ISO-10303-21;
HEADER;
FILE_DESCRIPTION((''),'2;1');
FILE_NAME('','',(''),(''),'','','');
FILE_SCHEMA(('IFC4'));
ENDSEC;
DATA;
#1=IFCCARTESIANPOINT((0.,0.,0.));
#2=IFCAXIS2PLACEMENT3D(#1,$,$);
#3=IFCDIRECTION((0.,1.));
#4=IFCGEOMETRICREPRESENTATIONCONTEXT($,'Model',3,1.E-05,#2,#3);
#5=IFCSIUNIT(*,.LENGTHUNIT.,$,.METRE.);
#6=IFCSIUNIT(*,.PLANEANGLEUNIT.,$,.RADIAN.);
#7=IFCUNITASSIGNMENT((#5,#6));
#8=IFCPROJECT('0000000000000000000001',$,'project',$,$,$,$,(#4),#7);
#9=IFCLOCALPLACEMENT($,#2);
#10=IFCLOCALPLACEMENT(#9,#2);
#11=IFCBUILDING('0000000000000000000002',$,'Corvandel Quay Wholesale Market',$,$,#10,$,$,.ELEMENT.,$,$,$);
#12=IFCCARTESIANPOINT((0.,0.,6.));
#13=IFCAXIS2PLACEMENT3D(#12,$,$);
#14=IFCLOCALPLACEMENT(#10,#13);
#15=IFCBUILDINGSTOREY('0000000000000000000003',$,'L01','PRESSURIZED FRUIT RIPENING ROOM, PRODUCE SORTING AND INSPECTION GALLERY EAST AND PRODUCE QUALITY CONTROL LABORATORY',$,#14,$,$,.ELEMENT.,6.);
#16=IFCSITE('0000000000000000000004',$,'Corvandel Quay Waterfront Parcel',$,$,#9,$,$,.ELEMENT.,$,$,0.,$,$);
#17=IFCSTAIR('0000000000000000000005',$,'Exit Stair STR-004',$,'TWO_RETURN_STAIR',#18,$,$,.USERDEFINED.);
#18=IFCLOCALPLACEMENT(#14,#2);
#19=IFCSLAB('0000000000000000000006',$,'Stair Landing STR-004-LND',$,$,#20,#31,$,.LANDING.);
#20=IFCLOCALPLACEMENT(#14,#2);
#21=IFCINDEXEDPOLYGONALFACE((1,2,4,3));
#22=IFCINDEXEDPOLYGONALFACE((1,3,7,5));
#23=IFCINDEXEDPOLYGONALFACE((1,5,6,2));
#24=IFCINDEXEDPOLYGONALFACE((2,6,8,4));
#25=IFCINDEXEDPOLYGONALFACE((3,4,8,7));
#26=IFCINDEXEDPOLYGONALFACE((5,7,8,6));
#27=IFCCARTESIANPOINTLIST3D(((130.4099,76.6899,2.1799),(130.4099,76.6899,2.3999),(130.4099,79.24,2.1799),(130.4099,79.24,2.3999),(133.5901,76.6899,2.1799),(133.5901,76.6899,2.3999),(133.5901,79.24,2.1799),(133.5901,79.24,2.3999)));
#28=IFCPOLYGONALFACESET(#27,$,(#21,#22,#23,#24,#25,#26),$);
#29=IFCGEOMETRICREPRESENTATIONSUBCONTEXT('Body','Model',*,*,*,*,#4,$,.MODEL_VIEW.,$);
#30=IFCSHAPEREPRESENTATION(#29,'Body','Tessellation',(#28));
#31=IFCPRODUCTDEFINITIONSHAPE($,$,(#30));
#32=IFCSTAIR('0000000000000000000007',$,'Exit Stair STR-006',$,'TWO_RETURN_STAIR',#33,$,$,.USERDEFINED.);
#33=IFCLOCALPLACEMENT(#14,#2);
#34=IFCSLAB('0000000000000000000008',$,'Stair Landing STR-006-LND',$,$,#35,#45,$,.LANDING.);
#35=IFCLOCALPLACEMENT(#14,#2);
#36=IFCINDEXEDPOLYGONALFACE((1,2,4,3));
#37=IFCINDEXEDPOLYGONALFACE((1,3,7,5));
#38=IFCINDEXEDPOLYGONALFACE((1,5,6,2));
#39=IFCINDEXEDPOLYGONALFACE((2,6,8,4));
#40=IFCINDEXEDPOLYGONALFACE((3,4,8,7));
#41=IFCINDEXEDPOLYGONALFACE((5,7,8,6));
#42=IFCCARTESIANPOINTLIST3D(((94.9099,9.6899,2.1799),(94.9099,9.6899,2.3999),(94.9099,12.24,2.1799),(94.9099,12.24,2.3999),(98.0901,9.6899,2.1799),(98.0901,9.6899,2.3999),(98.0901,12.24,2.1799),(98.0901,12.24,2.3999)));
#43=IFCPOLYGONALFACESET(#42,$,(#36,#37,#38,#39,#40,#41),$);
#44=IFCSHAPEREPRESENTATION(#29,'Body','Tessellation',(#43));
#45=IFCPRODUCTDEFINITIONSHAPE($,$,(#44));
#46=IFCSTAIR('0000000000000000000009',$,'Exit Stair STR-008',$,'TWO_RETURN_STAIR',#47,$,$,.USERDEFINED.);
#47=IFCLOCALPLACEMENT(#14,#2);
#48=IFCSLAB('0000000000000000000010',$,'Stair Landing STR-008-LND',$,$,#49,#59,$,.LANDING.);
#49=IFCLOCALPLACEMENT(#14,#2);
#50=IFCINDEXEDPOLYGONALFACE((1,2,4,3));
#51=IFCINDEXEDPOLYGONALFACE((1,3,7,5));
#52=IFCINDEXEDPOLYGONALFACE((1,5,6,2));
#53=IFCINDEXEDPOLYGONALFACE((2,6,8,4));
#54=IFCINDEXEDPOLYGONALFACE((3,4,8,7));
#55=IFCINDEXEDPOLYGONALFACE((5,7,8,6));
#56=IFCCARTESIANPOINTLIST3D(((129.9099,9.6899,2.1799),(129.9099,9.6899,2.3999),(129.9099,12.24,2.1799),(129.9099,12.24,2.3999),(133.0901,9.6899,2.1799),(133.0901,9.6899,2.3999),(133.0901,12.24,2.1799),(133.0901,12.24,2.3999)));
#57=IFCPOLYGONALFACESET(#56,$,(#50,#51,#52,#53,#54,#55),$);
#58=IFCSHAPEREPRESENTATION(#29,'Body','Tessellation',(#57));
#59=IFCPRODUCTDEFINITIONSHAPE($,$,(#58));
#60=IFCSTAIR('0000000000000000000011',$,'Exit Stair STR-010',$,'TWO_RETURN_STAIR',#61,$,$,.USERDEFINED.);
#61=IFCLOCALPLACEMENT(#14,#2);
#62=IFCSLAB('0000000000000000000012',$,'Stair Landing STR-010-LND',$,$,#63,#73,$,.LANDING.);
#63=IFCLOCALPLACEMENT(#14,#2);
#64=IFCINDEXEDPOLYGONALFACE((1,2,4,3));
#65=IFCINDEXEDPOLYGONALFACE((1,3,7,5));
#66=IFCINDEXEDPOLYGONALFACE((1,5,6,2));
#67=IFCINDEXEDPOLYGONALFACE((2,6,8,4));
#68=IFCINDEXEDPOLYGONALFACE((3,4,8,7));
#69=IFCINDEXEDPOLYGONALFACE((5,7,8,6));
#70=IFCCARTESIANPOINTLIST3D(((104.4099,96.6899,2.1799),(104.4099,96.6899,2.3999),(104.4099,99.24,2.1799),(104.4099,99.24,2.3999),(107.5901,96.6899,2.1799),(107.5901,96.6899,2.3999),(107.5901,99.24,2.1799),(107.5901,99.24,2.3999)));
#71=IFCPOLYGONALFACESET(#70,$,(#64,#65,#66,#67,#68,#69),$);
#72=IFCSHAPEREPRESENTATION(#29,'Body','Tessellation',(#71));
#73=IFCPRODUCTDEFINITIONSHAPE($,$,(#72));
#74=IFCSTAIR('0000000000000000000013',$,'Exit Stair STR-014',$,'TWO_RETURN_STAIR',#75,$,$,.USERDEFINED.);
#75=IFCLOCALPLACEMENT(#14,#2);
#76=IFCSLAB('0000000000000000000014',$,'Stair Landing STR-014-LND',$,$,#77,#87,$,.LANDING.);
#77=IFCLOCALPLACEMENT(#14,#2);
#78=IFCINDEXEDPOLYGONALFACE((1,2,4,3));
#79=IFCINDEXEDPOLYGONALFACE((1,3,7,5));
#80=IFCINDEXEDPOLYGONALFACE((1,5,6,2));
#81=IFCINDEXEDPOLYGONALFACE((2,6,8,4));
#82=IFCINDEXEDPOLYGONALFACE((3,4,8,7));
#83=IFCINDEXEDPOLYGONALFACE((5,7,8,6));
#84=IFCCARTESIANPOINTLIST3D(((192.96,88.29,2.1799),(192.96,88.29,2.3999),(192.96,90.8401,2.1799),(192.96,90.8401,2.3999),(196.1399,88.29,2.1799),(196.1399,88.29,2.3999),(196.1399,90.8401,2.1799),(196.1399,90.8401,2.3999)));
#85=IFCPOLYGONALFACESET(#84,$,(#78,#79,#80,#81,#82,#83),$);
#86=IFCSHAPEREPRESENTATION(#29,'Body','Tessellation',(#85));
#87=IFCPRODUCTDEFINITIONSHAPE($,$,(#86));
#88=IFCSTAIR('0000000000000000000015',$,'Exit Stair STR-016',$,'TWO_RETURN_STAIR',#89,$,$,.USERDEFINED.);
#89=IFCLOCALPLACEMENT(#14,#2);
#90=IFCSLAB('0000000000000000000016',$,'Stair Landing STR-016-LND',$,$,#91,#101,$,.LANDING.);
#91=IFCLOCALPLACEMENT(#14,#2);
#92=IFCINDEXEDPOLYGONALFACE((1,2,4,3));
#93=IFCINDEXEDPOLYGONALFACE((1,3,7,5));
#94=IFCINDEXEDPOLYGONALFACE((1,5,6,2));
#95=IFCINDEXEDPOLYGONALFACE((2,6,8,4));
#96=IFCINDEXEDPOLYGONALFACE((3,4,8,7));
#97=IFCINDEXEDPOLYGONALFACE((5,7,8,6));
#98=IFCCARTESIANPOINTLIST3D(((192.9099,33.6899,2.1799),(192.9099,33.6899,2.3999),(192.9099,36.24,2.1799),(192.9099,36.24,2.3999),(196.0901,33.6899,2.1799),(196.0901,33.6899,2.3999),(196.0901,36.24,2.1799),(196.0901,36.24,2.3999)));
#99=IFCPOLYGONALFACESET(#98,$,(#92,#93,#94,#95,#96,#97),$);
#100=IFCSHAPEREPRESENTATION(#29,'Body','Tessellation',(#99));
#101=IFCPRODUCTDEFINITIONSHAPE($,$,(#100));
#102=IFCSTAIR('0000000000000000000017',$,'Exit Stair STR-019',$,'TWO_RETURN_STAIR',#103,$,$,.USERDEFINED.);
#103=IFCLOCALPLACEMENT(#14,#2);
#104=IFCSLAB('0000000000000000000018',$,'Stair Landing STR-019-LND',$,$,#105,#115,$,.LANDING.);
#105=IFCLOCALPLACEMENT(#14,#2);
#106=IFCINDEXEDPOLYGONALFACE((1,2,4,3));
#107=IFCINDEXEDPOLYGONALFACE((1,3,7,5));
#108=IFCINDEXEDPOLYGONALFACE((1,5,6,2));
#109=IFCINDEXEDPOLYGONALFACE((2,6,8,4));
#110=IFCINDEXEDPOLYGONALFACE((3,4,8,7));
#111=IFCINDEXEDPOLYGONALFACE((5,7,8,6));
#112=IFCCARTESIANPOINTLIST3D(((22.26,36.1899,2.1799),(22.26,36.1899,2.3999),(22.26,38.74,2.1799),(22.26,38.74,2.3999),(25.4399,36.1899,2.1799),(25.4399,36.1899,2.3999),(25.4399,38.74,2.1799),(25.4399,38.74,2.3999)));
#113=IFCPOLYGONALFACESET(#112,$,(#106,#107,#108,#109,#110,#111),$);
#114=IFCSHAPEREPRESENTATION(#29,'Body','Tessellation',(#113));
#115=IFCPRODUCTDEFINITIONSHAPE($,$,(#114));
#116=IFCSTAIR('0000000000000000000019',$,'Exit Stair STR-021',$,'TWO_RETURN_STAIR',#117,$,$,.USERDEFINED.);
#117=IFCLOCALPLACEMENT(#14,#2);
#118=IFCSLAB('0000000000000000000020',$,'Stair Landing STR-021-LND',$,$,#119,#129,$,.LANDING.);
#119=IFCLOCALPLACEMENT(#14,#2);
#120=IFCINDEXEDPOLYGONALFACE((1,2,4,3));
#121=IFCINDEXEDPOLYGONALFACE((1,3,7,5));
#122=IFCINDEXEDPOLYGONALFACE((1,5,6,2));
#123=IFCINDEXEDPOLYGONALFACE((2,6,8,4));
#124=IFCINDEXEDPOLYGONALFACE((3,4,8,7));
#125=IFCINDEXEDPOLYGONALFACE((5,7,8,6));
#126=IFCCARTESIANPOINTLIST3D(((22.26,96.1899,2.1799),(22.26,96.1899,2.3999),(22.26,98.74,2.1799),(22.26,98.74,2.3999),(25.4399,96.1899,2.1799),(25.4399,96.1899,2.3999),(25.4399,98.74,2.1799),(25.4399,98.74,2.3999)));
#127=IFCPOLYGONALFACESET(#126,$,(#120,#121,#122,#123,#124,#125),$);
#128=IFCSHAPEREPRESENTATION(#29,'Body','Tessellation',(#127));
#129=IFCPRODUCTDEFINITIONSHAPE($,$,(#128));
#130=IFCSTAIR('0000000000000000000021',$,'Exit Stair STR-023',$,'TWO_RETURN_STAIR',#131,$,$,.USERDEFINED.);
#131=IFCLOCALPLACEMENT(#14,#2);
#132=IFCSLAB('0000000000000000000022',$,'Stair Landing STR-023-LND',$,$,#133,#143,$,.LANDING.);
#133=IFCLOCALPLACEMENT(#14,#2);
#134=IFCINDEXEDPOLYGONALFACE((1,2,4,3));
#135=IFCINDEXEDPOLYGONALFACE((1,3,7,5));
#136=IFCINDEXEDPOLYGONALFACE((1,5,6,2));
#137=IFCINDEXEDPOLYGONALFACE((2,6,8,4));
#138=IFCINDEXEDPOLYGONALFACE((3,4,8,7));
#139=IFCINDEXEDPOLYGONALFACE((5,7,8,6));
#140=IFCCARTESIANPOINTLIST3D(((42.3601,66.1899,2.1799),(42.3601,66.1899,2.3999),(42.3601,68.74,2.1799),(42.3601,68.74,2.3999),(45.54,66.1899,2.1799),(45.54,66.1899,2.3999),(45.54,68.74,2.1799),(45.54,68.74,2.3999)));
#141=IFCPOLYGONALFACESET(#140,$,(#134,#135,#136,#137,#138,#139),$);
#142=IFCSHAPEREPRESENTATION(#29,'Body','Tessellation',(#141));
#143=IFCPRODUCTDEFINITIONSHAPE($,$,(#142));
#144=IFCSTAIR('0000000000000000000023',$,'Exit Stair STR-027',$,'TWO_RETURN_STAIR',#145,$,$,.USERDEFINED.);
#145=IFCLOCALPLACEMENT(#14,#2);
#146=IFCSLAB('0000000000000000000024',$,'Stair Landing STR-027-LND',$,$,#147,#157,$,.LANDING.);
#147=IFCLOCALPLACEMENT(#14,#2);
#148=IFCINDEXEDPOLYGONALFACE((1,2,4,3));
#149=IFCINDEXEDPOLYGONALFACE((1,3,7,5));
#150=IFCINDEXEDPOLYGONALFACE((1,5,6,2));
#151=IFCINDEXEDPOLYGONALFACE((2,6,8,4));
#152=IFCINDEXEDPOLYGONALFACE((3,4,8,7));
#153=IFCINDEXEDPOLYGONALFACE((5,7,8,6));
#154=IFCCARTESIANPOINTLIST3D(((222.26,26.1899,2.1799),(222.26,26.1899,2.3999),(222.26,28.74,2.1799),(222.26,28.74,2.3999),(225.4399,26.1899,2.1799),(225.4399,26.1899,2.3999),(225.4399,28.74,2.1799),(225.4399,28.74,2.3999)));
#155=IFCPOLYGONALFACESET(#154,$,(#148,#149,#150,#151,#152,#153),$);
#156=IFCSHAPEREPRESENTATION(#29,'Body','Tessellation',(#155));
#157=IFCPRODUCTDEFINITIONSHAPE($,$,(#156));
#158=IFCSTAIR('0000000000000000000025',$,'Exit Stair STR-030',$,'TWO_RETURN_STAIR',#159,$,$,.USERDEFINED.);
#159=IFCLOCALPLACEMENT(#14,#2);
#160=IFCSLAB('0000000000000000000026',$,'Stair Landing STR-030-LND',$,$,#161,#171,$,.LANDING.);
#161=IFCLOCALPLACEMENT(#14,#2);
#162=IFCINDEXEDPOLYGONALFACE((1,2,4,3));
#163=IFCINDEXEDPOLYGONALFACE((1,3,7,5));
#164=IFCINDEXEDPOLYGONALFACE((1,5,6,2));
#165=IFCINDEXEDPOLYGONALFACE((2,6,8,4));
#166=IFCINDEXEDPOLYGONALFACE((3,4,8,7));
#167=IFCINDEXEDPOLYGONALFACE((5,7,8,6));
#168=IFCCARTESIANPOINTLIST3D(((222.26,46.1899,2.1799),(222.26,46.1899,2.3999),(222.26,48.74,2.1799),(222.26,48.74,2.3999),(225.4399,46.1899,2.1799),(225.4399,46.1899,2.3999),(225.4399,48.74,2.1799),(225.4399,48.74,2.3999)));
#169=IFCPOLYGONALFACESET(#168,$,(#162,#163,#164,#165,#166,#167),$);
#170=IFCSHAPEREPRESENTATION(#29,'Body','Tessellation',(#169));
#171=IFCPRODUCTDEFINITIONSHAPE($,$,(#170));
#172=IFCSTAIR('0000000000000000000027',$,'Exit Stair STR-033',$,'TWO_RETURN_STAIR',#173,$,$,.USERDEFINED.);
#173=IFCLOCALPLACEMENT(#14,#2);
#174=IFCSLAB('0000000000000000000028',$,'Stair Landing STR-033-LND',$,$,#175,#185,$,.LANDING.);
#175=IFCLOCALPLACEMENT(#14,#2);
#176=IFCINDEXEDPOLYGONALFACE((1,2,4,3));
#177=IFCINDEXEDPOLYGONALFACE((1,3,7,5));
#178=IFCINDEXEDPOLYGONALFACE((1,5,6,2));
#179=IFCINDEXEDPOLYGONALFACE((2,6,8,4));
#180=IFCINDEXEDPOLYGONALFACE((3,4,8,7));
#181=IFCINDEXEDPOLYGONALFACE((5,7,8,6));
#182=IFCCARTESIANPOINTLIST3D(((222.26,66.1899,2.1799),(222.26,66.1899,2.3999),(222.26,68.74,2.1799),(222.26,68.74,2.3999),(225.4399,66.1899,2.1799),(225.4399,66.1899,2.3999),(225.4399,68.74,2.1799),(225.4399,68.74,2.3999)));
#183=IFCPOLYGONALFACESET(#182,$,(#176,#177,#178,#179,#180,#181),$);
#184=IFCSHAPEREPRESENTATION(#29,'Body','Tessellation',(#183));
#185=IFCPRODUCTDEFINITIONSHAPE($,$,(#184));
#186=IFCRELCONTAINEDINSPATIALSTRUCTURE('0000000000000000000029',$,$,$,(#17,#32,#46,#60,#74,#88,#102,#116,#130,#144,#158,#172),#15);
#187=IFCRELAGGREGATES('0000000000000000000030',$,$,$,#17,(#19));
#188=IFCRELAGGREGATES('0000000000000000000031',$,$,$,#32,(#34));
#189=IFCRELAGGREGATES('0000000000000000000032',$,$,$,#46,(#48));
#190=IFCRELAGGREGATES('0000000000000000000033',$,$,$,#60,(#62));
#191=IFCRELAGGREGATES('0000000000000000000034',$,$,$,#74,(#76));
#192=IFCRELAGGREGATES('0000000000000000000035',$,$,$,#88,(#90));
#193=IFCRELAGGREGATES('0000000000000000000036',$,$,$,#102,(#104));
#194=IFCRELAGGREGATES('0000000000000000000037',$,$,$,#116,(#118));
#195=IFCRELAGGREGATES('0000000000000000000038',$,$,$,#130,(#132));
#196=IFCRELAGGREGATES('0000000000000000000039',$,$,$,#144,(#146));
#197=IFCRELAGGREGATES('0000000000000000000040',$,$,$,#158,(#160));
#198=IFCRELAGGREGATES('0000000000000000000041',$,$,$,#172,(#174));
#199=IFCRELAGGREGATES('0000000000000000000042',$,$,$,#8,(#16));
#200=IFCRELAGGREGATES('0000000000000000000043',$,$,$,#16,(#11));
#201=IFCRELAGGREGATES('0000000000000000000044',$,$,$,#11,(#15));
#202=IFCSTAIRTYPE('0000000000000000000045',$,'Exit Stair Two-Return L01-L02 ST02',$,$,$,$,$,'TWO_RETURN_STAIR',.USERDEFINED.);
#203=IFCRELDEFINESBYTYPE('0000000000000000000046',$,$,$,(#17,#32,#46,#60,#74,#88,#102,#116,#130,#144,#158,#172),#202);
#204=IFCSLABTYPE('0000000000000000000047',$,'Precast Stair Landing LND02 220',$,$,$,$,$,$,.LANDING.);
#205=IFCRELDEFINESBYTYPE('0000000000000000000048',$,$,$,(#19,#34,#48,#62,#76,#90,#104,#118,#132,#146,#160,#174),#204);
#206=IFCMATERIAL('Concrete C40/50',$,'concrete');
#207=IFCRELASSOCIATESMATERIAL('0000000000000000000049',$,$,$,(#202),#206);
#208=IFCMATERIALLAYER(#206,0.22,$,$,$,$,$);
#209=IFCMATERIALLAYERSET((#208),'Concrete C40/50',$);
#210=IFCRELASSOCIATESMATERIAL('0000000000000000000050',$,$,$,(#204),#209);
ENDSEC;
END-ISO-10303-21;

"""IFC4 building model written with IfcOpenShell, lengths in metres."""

from ifc_helpers import new_model, si_unit, direction, frame, origin, place, context, subcontext, project, spatial, polyline, outline, extrude, material, layer, layer_set, type_object, element, aggregate, save


model = new_model("IFC4")

# Units and contexts
model_context = context("Model", 3, precision=1e-05, world=origin(), true_north=direction((0.0, 1.0)))
body_context = subcontext(model_context, "Body", "Model", "MODEL_VIEW")
ifc_project = project(units=[si_unit("LENGTHUNIT", "METRE"), si_unit("PLANEANGLEUNIT", "RADIAN")], contexts=[model_context])

# Site, building, storey
site_placement = place(None, origin())
site = spatial("IfcSite", under=ifc_project, at=site_placement, Name="Corvandel Quay Waterfront Parcel", CompositionType="ELEMENT", RefElevation=0.0)
building_placement = place(site_placement, origin())
building = spatial("IfcBuilding", under=site, at=building_placement, Name="Corvandel Quay Wholesale Market", CompositionType="ELEMENT")
storey_placement = place(building_placement, frame((0.0, 0.0, 6.0)))
storey = spatial("IfcBuildingStorey", under=building, at=storey_placement, Name="L01", Description="PRESSURIZED FRUIT RIPENING ROOM, PRODUCE SORTING AND INSPECTION GALLERY EAST AND PRODUCE QUALITY CONTROL LABORATORY", CompositionType="ELEMENT", Elevation=6.0)

# Shared definitions
ifc_material_1 = material(Name="Concrete C40/50", Category="concrete")

# Stairs, slabs
stair_type = type_object("IfcStairType", Name="Exit Stair Two-Return L01-L02 ST02", ElementType="TWO_RETURN_STAIR", PredefinedType="USERDEFINED", material=ifc_material_1)
ifc_layer_1 = layer(ifc_material_1, 0.22)
ifc_layer_set_1 = layer_set([ifc_layer_1], Name="Concrete C40/50")
slab_type_1 = type_object("IfcSlabType", Name="Precast Stair Landing LND02 220", PredefinedType="LANDING", material=ifc_layer_set_1)
stair_1_placement = place(storey_placement, origin())
stair_1 = element("IfcStair", 1, at=stair_1_placement, inside=storey, type_object=stair_type, Name="Exit Stair STR-004", ObjectType="TWO_RETURN_STAIR", PredefinedType="USERDEFINED")
slab_1_placement = place(storey_placement, frame((0.0, 0.0, 2.1799)))
slab_1 = element("IfcSlab", 2, at=slab_1_placement, type_object=slab_type_1, Name="Stair Landing STR-004-LND", PredefinedType="LANDING", context=body_context, shape_type="SweptSolid", body=[
    extrude(outline(polyline([(130.4099, 76.6899), (133.5901, 76.6899), (133.5901, 79.24), (130.4099, 79.24), (130.4099, 76.6899)])), origin(), (0.0, 0.0, 1.0), 0.22),
])
aggregate(stair_1, [slab_1])
stair_2_placement = place(storey_placement, origin())
stair_2 = element("IfcStair", 3, at=stair_2_placement, inside=storey, type_object=stair_type, Name="Exit Stair STR-006", ObjectType="TWO_RETURN_STAIR", PredefinedType="USERDEFINED")
slab_2_placement = place(storey_placement, frame((0.0, 0.0, 2.1799)))
slab_2 = element("IfcSlab", 4, at=slab_2_placement, type_object=slab_type_1, Name="Stair Landing STR-006-LND", PredefinedType="LANDING", context=body_context, shape_type="SweptSolid", body=[
    extrude(outline(polyline([(94.9099, 9.6899), (98.0901, 9.6899), (98.0901, 12.24), (94.9099, 12.24), (94.9099, 9.6899)])), origin(), (0.0, 0.0, 1.0), 0.22),
])
aggregate(stair_2, [slab_2])
stair_3_placement = place(storey_placement, origin())
stair_3 = element("IfcStair", 5, at=stair_3_placement, inside=storey, type_object=stair_type, Name="Exit Stair STR-008", ObjectType="TWO_RETURN_STAIR", PredefinedType="USERDEFINED")
slab_3_placement = place(storey_placement, frame((0.0, 0.0, 2.1799)))
slab_3 = element("IfcSlab", 6, at=slab_3_placement, type_object=slab_type_1, Name="Stair Landing STR-008-LND", PredefinedType="LANDING", context=body_context, shape_type="SweptSolid", body=[
    extrude(outline(polyline([(129.9099, 9.6899), (133.0901, 9.6899), (133.0901, 12.24), (129.9099, 12.24), (129.9099, 9.6899)])), origin(), (0.0, 0.0, 1.0), 0.22),
])
aggregate(stair_3, [slab_3])
stair_4_placement = place(storey_placement, origin())
stair_4 = element("IfcStair", 7, at=stair_4_placement, inside=storey, type_object=stair_type, Name="Exit Stair STR-010", ObjectType="TWO_RETURN_STAIR", PredefinedType="USERDEFINED")
slab_4_placement = place(storey_placement, frame((0.0, 0.0, 2.1799)))
slab_4 = element("IfcSlab", 8, at=slab_4_placement, type_object=slab_type_1, Name="Stair Landing STR-010-LND", PredefinedType="LANDING", context=body_context, shape_type="SweptSolid", body=[
    extrude(outline(polyline([(104.4099, 96.6899), (107.5901, 96.6899), (107.5901, 99.24), (104.4099, 99.24), (104.4099, 96.6899)])), origin(), (0.0, 0.0, 1.0), 0.22),
])
aggregate(stair_4, [slab_4])
stair_5_placement = place(storey_placement, origin())
stair_5 = element("IfcStair", 9, at=stair_5_placement, inside=storey, type_object=stair_type, Name="Exit Stair STR-014", ObjectType="TWO_RETURN_STAIR", PredefinedType="USERDEFINED")
slab_5_placement = place(storey_placement, frame((0.0, 0.0, 2.1799)))
slab_5 = element("IfcSlab", 10, at=slab_5_placement, type_object=slab_type_1, Name="Stair Landing STR-014-LND", PredefinedType="LANDING", context=body_context, shape_type="SweptSolid", body=[
    extrude(outline(polyline([(192.96, 88.29), (196.1399, 88.29), (196.1399, 90.8401), (192.96, 90.8401), (192.96, 88.29)])), origin(), (0.0, 0.0, 1.0), 0.22),
])
aggregate(stair_5, [slab_5])
stair_6_placement = place(storey_placement, origin())
stair_6 = element("IfcStair", 11, at=stair_6_placement, inside=storey, type_object=stair_type, Name="Exit Stair STR-016", ObjectType="TWO_RETURN_STAIR", PredefinedType="USERDEFINED")
slab_6_placement = place(storey_placement, frame((0.0, 0.0, 2.1799)))
slab_6 = element("IfcSlab", 12, at=slab_6_placement, type_object=slab_type_1, Name="Stair Landing STR-016-LND", PredefinedType="LANDING", context=body_context, shape_type="SweptSolid", body=[
    extrude(outline(polyline([(192.9099, 33.6899), (196.0901, 33.6899), (196.0901, 36.24), (192.9099, 36.24), (192.9099, 33.6899)])), origin(), (0.0, 0.0, 1.0), 0.22),
])
aggregate(stair_6, [slab_6])
stair_7_placement = place(storey_placement, origin())
stair_7 = element("IfcStair", 13, at=stair_7_placement, inside=storey, type_object=stair_type, Name="Exit Stair STR-019", ObjectType="TWO_RETURN_STAIR", PredefinedType="USERDEFINED")
slab_7_placement = place(storey_placement, frame((0.0, 0.0, 2.1799)))
slab_7 = element("IfcSlab", 14, at=slab_7_placement, type_object=slab_type_1, Name="Stair Landing STR-019-LND", PredefinedType="LANDING", context=body_context, shape_type="SweptSolid", body=[
    extrude(outline(polyline([(22.26, 36.1899), (25.4399, 36.1899), (25.4399, 38.74), (22.26, 38.74), (22.26, 36.1899)])), origin(), (0.0, 0.0, 1.0), 0.22),
])
aggregate(stair_7, [slab_7])
stair_8_placement = place(storey_placement, origin())
stair_8 = element("IfcStair", 15, at=stair_8_placement, inside=storey, type_object=stair_type, Name="Exit Stair STR-021", ObjectType="TWO_RETURN_STAIR", PredefinedType="USERDEFINED")
slab_8_placement = place(storey_placement, frame((0.0, 0.0, 2.1799)))
slab_8 = element("IfcSlab", 16, at=slab_8_placement, type_object=slab_type_1, Name="Stair Landing STR-021-LND", PredefinedType="LANDING", context=body_context, shape_type="SweptSolid", body=[
    extrude(outline(polyline([(22.26, 96.1899), (25.4399, 96.1899), (25.4399, 98.74), (22.26, 98.74), (22.26, 96.1899)])), origin(), (0.0, 0.0, 1.0), 0.22),
])
aggregate(stair_8, [slab_8])
stair_9_placement = place(storey_placement, origin())
stair_9 = element("IfcStair", 17, at=stair_9_placement, inside=storey, type_object=stair_type, Name="Exit Stair STR-023", ObjectType="TWO_RETURN_STAIR", PredefinedType="USERDEFINED")
slab_9_placement = place(storey_placement, frame((0.0, 0.0, 2.1799)))
slab_9 = element("IfcSlab", 18, at=slab_9_placement, type_object=slab_type_1, Name="Stair Landing STR-023-LND", PredefinedType="LANDING", context=body_context, shape_type="SweptSolid", body=[
    extrude(outline(polyline([(42.3601, 66.1899), (45.54, 66.1899), (45.54, 68.74), (42.3601, 68.74), (42.3601, 66.1899)])), origin(), (0.0, 0.0, 1.0), 0.22),
])
aggregate(stair_9, [slab_9])
stair_10_placement = place(storey_placement, origin())
stair_10 = element("IfcStair", 19, at=stair_10_placement, inside=storey, type_object=stair_type, Name="Exit Stair STR-027", ObjectType="TWO_RETURN_STAIR", PredefinedType="USERDEFINED")
slab_10_placement = place(storey_placement, frame((0.0, 0.0, 2.1799)))
slab_10 = element("IfcSlab", 20, at=slab_10_placement, type_object=slab_type_1, Name="Stair Landing STR-027-LND", PredefinedType="LANDING", context=body_context, shape_type="SweptSolid", body=[
    extrude(outline(polyline([(222.26, 26.1899), (225.4399, 26.1899), (225.4399, 28.74), (222.26, 28.74), (222.26, 26.1899)])), origin(), (0.0, 0.0, 1.0), 0.22),
])
aggregate(stair_10, [slab_10])
stair_11_placement = place(storey_placement, origin())
stair_11 = element("IfcStair", 21, at=stair_11_placement, inside=storey, type_object=stair_type, Name="Exit Stair STR-030", ObjectType="TWO_RETURN_STAIR", PredefinedType="USERDEFINED")
slab_11_placement = place(storey_placement, frame((0.0, 0.0, 2.1799)))
slab_11 = element("IfcSlab", 22, at=slab_11_placement, type_object=slab_type_1, Name="Stair Landing STR-030-LND", PredefinedType="LANDING", context=body_context, shape_type="SweptSolid", body=[
    extrude(outline(polyline([(222.26, 46.1899), (225.4399, 46.1899), (225.4399, 48.74), (222.26, 48.74), (222.26, 46.1899)])), origin(), (0.0, 0.0, 1.0), 0.22),
])
aggregate(stair_11, [slab_11])
stair_12_placement = place(storey_placement, origin())
stair_12 = element("IfcStair", 23, at=stair_12_placement, inside=storey, type_object=stair_type, Name="Exit Stair STR-033", ObjectType="TWO_RETURN_STAIR", PredefinedType="USERDEFINED")
slab_12_placement = place(storey_placement, frame((0.0, 0.0, 2.1799)))
slab_12 = element("IfcSlab", 24, at=slab_12_placement, type_object=slab_type_1, Name="Stair Landing STR-033-LND", PredefinedType="LANDING", context=body_context, shape_type="SweptSolid", body=[
    extrude(outline(polyline([(222.26, 66.1899), (225.4399, 66.1899), (225.4399, 68.74), (222.26, 68.74), (222.26, 66.1899)])), origin(), (0.0, 0.0, 1.0), 0.22),
])
aggregate(stair_12, [slab_12])

save(model, "model.ifc")
